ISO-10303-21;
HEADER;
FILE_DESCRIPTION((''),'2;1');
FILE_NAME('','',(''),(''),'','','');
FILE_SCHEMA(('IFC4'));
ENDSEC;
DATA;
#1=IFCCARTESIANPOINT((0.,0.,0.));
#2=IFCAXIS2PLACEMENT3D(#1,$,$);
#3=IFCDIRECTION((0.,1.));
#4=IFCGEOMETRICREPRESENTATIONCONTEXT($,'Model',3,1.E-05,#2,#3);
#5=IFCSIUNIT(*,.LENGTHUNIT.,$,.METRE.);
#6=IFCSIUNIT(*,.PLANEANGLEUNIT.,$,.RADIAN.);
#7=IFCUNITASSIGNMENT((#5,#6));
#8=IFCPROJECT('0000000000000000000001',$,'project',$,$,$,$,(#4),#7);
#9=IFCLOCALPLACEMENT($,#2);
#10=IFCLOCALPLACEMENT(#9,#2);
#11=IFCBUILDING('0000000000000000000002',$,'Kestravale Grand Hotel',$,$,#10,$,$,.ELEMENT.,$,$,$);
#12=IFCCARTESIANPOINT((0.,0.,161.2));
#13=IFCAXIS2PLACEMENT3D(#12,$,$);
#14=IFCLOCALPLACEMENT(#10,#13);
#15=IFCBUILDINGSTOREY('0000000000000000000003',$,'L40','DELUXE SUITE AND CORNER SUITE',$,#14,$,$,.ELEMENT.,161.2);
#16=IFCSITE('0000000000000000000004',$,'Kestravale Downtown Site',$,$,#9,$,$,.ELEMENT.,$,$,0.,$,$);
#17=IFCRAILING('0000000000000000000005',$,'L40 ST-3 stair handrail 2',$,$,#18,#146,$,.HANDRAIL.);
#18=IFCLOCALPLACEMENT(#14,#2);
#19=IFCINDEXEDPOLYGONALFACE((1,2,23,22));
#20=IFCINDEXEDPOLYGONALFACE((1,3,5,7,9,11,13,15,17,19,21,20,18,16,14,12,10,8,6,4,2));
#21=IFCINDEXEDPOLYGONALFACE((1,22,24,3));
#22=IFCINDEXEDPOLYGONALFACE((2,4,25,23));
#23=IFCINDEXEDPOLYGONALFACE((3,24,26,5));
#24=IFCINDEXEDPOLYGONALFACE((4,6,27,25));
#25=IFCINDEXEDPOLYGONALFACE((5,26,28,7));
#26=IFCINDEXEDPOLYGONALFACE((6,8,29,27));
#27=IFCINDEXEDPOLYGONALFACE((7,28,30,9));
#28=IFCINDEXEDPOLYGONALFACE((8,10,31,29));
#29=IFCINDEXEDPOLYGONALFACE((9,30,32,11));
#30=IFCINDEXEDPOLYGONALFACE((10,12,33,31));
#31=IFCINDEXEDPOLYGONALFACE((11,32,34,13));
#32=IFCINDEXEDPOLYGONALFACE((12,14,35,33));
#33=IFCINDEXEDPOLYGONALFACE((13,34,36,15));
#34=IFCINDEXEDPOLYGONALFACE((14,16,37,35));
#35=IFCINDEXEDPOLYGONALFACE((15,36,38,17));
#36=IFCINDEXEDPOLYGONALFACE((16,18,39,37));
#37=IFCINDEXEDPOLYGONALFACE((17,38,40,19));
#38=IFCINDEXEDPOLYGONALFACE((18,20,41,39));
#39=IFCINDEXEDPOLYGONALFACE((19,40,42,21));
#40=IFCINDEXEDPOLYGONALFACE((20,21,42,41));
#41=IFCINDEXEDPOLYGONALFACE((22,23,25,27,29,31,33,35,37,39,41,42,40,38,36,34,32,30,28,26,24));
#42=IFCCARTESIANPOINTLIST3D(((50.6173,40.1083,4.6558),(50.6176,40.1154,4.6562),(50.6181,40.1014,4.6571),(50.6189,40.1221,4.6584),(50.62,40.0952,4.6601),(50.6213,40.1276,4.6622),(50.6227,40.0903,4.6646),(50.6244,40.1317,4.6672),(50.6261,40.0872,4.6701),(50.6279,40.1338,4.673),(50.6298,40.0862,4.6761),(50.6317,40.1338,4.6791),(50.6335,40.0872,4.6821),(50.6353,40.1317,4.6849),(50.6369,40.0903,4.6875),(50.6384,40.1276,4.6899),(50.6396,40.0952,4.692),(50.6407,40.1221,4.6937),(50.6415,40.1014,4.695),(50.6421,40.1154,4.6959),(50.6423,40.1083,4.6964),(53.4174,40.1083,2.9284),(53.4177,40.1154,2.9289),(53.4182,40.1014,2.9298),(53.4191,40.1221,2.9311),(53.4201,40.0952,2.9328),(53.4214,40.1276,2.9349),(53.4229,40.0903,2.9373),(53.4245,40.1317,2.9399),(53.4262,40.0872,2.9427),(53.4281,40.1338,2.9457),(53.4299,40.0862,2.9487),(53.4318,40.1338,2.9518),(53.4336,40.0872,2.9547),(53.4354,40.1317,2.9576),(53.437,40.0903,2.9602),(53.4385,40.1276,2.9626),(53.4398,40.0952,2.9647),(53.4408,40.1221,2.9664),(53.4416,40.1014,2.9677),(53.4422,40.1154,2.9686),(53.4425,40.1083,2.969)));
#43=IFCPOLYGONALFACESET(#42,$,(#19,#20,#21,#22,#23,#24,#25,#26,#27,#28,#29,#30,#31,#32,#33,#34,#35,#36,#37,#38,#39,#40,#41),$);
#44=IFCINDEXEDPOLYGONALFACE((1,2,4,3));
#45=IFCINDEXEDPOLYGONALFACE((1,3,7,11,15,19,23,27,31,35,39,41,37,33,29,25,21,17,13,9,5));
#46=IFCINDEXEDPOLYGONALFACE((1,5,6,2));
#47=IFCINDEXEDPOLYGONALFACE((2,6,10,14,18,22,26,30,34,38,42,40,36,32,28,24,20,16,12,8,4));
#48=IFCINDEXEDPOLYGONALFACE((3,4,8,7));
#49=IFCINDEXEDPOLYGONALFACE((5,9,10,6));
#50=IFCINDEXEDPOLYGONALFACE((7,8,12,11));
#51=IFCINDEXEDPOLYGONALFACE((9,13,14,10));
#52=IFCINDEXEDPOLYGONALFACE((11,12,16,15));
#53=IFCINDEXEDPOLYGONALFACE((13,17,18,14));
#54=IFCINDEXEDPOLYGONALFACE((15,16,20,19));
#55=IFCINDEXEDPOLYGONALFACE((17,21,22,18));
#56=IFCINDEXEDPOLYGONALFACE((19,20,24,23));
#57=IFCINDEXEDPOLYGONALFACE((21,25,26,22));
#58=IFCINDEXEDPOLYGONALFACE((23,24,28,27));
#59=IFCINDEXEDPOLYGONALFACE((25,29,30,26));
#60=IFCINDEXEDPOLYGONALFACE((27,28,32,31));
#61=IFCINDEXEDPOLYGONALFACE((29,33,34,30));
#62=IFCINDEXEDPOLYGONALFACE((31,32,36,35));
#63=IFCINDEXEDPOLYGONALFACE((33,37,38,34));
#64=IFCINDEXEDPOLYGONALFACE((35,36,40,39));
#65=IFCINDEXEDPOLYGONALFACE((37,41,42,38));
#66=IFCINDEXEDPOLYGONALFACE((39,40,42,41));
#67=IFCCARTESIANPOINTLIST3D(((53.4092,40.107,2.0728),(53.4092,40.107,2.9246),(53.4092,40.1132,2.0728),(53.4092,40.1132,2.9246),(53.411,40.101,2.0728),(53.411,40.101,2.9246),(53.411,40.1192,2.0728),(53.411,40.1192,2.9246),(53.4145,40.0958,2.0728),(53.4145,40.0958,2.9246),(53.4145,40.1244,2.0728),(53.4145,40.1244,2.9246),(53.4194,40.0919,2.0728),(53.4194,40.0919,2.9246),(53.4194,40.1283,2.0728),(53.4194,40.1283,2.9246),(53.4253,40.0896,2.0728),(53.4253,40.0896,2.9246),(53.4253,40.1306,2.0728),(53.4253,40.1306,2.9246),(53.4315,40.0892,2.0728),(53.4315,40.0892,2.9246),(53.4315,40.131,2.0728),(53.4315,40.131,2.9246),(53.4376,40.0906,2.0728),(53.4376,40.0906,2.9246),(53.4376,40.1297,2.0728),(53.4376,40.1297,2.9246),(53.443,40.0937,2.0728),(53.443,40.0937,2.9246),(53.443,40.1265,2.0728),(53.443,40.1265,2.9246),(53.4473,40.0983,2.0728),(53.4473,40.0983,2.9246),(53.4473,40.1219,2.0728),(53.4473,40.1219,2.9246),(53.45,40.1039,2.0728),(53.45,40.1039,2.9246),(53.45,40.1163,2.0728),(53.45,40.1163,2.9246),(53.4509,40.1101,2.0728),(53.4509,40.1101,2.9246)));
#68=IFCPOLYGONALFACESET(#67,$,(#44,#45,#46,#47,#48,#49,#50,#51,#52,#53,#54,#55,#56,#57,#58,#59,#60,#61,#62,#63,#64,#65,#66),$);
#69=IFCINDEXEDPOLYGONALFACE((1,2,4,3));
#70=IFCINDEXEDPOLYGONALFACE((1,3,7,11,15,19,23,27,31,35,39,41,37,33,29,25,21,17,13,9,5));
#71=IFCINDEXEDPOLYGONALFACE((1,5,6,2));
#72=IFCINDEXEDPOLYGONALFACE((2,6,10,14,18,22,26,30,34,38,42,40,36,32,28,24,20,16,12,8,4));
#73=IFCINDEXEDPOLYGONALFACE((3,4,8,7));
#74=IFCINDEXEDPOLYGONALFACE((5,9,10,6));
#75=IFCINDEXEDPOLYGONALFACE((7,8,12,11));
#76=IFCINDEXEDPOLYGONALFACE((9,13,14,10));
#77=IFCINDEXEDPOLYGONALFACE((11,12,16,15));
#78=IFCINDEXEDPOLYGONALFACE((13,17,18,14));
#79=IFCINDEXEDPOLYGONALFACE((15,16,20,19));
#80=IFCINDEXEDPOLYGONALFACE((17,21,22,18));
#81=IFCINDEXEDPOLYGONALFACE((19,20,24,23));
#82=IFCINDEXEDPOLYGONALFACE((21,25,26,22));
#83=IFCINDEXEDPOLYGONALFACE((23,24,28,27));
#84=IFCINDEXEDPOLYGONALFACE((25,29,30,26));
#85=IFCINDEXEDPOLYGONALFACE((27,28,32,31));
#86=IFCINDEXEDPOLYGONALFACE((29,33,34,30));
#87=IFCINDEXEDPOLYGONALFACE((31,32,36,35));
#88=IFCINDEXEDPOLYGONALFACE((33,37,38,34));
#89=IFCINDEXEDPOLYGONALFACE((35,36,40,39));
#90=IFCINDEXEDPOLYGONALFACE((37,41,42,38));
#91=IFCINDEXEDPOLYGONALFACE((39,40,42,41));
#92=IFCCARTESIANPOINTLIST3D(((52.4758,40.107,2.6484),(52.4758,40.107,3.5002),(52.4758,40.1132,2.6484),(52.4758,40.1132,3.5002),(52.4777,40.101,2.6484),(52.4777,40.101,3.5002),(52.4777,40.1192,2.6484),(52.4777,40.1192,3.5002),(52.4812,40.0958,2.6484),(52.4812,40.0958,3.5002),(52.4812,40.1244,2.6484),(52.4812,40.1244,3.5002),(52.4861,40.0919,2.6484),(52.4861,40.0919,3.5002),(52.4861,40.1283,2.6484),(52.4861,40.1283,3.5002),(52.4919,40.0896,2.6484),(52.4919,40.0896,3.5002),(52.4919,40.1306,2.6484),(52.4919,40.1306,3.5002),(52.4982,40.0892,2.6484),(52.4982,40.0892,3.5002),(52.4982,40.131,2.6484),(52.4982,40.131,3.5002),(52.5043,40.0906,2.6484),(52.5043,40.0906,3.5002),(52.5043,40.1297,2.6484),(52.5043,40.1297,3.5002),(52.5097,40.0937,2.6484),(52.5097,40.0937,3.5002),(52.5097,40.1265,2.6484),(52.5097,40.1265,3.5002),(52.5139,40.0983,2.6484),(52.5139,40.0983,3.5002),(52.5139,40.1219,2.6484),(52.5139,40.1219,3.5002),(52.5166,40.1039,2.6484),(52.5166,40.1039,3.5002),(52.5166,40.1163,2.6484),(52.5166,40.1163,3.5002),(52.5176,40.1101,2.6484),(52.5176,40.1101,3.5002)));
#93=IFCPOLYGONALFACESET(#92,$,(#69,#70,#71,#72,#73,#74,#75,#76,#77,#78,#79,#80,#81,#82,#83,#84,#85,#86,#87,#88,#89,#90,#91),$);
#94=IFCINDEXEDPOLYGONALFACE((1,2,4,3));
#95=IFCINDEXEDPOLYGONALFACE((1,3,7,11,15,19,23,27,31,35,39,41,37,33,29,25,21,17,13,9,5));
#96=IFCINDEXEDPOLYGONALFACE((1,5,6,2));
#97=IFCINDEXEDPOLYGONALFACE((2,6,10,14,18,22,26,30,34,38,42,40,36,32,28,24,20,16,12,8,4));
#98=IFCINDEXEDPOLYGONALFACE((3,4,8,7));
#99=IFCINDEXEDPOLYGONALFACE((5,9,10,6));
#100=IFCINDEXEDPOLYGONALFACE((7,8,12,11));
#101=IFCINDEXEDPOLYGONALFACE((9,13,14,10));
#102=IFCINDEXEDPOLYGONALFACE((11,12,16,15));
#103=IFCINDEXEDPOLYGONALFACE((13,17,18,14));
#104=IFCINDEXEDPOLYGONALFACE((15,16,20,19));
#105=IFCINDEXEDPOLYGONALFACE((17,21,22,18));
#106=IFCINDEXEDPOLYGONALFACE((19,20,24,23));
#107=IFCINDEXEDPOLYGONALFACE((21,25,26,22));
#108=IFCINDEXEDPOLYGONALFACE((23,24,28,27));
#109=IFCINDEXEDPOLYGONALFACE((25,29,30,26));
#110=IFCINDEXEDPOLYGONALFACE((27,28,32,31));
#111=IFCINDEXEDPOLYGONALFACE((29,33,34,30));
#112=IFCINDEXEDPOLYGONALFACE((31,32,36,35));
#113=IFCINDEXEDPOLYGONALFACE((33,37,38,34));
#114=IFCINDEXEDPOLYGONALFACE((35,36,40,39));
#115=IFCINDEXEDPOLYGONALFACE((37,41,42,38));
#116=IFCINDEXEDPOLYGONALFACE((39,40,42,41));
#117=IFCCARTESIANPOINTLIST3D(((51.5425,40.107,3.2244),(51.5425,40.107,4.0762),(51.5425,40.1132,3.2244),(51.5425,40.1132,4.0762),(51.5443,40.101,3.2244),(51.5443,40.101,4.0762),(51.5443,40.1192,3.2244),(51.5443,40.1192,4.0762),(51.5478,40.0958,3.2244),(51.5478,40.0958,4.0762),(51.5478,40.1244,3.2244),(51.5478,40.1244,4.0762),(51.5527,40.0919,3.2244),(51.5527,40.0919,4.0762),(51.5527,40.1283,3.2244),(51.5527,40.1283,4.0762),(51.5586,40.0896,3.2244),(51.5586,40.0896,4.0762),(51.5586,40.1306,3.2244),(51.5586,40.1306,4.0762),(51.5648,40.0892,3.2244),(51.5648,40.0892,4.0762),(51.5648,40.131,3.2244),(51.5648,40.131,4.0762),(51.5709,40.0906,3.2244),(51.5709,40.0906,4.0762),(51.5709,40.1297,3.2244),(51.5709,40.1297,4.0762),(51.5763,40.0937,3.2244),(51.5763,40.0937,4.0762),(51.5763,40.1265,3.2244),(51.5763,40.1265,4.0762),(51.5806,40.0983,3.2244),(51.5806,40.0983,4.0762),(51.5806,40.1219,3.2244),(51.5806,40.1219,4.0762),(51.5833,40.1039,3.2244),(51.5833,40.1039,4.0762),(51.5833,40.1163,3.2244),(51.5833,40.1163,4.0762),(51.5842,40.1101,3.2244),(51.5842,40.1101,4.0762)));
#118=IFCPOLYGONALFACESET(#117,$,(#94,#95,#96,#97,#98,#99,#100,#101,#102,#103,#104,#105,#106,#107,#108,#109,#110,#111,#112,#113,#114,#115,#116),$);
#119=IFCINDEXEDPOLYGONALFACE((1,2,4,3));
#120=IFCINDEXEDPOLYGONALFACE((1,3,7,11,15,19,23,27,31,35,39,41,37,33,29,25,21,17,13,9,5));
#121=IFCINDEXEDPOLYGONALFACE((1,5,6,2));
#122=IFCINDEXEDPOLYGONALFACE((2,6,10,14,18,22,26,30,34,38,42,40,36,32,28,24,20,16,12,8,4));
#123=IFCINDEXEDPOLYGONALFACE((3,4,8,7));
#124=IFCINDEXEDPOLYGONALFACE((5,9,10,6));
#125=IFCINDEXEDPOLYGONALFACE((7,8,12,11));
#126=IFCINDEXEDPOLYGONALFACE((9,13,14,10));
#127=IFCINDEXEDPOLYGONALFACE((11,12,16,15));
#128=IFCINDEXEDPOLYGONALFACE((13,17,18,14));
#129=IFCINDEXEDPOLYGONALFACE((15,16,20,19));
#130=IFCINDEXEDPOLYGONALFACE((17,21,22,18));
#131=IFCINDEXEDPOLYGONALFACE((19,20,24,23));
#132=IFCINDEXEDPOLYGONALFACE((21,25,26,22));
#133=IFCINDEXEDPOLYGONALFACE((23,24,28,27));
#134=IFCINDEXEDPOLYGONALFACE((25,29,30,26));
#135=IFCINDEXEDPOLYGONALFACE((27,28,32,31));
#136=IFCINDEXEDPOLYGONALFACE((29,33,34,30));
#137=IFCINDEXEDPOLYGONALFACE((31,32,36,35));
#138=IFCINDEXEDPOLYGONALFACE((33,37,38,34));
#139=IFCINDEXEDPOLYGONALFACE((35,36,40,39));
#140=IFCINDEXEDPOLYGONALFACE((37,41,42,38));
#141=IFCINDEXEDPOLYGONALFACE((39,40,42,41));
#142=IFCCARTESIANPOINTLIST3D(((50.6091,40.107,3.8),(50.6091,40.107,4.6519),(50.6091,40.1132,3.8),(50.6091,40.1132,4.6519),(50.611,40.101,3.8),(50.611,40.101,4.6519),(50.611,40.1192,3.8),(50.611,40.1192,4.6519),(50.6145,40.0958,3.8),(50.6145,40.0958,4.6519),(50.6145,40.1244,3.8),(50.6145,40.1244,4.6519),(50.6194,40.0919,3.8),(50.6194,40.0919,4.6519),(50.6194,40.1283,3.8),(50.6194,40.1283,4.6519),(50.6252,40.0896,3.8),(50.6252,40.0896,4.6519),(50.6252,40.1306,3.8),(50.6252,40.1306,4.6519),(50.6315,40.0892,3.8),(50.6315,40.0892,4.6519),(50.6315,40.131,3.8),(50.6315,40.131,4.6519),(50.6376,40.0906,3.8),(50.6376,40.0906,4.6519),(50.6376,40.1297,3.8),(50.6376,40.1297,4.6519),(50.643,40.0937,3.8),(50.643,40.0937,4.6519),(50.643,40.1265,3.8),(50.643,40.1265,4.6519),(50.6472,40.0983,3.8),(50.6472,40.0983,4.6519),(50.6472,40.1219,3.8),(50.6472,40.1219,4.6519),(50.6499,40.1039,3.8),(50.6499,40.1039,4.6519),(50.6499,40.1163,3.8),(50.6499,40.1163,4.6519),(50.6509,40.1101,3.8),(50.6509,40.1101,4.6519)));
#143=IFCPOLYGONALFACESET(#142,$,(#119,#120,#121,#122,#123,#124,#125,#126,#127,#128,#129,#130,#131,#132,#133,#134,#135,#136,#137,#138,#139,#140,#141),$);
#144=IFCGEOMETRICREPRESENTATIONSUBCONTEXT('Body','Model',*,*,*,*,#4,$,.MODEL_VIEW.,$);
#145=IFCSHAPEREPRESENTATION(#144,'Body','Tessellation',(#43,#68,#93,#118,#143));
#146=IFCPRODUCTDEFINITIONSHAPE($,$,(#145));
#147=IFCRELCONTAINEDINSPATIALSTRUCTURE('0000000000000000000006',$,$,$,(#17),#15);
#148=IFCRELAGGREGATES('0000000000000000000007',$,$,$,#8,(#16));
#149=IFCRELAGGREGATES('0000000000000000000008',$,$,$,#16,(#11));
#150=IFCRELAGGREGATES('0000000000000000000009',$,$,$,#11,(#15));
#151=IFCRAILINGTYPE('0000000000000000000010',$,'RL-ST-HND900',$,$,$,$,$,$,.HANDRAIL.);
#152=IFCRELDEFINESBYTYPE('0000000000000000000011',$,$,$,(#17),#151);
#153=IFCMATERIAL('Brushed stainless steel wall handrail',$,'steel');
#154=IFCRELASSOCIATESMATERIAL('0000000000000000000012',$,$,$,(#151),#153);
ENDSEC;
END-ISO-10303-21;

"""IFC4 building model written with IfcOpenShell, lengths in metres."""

from ifc_helpers import new_model, si_unit, direction, frame, origin, origin_2d, place, context, subcontext, project, spatial, circle, extrude, material, type_object, element, save


model = new_model("IFC4")

# Units and contexts
model_context = context("Model", 3, precision=1e-05, world=origin(), true_north=direction((0.0, 1.0)))
body_context = subcontext(model_context, "Body", "Model", "MODEL_VIEW")
ifc_project = project(units=[si_unit("LENGTHUNIT", "METRE"), si_unit("PLANEANGLEUNIT", "RADIAN")], contexts=[model_context])

# Site, building, storey
site_placement = place(None, origin())
site = spatial("IfcSite", under=ifc_project, at=site_placement, Name="Kestravale Downtown Site", CompositionType="ELEMENT", RefElevation=0.0)
building_placement = place(site_placement, origin())
building = spatial("IfcBuilding", under=site, at=building_placement, Name="Kestravale Grand Hotel", CompositionType="ELEMENT")
storey_placement = place(building_placement, frame((0.0, 0.0, 161.2)))
storey = spatial("IfcBuildingStorey", under=building, at=storey_placement, Name="L40", Description="DELUXE SUITE AND CORNER SUITE", CompositionType="ELEMENT", Elevation=161.2)

# Railing
ifc_material_1 = material(Name="Brushed stainless steel wall handrail", Category="steel")
railing_type_1 = type_object("IfcRailingType", Name="RL-ST-HND900", PredefinedType="HANDRAIL", material=ifc_material_1)
railing_1_placement = place(storey_placement, frame((53.4299, 40.1101, 2.0728)))
element("IfcRailing", 1, at=railing_1_placement, inside=storey, type_object=railing_type_1, Name="L40 ST-3 stair handrail 2", PredefinedType="HANDRAIL", context=body_context, shape_type="SweptSolid", body=[
    extrude(circle(Radius=0.0239, at=origin_2d()), frame((0.0, 0.0, 0.876), z_axis=(-0.85109, 0.0, 0.52502), x_axis=(0.0, -1.0, 0.0)), (0.0, 0.0, 1.0), 3.29),
    extrude(circle(Radius=0.021, at=origin_2d()), origin(), (0.0, 0.0, 1.0), 0.8518),
    extrude(circle(Radius=0.021, at=origin_2d()), frame((-0.9333, 0.0, 0.5757)), (0.0, 0.0, 1.0), 0.8518),
    extrude(circle(Radius=0.021, at=origin_2d()), frame((-1.8667, 0.0, 1.1516)), (0.0, 0.0, 1.0), 0.8518),
    extrude(circle(Radius=0.021, at=origin_2d()), frame((-2.8, 0.0, 1.7273)), (0.0, 0.0, 1.0), 0.8518),
])

save(model, "model.ifc")
